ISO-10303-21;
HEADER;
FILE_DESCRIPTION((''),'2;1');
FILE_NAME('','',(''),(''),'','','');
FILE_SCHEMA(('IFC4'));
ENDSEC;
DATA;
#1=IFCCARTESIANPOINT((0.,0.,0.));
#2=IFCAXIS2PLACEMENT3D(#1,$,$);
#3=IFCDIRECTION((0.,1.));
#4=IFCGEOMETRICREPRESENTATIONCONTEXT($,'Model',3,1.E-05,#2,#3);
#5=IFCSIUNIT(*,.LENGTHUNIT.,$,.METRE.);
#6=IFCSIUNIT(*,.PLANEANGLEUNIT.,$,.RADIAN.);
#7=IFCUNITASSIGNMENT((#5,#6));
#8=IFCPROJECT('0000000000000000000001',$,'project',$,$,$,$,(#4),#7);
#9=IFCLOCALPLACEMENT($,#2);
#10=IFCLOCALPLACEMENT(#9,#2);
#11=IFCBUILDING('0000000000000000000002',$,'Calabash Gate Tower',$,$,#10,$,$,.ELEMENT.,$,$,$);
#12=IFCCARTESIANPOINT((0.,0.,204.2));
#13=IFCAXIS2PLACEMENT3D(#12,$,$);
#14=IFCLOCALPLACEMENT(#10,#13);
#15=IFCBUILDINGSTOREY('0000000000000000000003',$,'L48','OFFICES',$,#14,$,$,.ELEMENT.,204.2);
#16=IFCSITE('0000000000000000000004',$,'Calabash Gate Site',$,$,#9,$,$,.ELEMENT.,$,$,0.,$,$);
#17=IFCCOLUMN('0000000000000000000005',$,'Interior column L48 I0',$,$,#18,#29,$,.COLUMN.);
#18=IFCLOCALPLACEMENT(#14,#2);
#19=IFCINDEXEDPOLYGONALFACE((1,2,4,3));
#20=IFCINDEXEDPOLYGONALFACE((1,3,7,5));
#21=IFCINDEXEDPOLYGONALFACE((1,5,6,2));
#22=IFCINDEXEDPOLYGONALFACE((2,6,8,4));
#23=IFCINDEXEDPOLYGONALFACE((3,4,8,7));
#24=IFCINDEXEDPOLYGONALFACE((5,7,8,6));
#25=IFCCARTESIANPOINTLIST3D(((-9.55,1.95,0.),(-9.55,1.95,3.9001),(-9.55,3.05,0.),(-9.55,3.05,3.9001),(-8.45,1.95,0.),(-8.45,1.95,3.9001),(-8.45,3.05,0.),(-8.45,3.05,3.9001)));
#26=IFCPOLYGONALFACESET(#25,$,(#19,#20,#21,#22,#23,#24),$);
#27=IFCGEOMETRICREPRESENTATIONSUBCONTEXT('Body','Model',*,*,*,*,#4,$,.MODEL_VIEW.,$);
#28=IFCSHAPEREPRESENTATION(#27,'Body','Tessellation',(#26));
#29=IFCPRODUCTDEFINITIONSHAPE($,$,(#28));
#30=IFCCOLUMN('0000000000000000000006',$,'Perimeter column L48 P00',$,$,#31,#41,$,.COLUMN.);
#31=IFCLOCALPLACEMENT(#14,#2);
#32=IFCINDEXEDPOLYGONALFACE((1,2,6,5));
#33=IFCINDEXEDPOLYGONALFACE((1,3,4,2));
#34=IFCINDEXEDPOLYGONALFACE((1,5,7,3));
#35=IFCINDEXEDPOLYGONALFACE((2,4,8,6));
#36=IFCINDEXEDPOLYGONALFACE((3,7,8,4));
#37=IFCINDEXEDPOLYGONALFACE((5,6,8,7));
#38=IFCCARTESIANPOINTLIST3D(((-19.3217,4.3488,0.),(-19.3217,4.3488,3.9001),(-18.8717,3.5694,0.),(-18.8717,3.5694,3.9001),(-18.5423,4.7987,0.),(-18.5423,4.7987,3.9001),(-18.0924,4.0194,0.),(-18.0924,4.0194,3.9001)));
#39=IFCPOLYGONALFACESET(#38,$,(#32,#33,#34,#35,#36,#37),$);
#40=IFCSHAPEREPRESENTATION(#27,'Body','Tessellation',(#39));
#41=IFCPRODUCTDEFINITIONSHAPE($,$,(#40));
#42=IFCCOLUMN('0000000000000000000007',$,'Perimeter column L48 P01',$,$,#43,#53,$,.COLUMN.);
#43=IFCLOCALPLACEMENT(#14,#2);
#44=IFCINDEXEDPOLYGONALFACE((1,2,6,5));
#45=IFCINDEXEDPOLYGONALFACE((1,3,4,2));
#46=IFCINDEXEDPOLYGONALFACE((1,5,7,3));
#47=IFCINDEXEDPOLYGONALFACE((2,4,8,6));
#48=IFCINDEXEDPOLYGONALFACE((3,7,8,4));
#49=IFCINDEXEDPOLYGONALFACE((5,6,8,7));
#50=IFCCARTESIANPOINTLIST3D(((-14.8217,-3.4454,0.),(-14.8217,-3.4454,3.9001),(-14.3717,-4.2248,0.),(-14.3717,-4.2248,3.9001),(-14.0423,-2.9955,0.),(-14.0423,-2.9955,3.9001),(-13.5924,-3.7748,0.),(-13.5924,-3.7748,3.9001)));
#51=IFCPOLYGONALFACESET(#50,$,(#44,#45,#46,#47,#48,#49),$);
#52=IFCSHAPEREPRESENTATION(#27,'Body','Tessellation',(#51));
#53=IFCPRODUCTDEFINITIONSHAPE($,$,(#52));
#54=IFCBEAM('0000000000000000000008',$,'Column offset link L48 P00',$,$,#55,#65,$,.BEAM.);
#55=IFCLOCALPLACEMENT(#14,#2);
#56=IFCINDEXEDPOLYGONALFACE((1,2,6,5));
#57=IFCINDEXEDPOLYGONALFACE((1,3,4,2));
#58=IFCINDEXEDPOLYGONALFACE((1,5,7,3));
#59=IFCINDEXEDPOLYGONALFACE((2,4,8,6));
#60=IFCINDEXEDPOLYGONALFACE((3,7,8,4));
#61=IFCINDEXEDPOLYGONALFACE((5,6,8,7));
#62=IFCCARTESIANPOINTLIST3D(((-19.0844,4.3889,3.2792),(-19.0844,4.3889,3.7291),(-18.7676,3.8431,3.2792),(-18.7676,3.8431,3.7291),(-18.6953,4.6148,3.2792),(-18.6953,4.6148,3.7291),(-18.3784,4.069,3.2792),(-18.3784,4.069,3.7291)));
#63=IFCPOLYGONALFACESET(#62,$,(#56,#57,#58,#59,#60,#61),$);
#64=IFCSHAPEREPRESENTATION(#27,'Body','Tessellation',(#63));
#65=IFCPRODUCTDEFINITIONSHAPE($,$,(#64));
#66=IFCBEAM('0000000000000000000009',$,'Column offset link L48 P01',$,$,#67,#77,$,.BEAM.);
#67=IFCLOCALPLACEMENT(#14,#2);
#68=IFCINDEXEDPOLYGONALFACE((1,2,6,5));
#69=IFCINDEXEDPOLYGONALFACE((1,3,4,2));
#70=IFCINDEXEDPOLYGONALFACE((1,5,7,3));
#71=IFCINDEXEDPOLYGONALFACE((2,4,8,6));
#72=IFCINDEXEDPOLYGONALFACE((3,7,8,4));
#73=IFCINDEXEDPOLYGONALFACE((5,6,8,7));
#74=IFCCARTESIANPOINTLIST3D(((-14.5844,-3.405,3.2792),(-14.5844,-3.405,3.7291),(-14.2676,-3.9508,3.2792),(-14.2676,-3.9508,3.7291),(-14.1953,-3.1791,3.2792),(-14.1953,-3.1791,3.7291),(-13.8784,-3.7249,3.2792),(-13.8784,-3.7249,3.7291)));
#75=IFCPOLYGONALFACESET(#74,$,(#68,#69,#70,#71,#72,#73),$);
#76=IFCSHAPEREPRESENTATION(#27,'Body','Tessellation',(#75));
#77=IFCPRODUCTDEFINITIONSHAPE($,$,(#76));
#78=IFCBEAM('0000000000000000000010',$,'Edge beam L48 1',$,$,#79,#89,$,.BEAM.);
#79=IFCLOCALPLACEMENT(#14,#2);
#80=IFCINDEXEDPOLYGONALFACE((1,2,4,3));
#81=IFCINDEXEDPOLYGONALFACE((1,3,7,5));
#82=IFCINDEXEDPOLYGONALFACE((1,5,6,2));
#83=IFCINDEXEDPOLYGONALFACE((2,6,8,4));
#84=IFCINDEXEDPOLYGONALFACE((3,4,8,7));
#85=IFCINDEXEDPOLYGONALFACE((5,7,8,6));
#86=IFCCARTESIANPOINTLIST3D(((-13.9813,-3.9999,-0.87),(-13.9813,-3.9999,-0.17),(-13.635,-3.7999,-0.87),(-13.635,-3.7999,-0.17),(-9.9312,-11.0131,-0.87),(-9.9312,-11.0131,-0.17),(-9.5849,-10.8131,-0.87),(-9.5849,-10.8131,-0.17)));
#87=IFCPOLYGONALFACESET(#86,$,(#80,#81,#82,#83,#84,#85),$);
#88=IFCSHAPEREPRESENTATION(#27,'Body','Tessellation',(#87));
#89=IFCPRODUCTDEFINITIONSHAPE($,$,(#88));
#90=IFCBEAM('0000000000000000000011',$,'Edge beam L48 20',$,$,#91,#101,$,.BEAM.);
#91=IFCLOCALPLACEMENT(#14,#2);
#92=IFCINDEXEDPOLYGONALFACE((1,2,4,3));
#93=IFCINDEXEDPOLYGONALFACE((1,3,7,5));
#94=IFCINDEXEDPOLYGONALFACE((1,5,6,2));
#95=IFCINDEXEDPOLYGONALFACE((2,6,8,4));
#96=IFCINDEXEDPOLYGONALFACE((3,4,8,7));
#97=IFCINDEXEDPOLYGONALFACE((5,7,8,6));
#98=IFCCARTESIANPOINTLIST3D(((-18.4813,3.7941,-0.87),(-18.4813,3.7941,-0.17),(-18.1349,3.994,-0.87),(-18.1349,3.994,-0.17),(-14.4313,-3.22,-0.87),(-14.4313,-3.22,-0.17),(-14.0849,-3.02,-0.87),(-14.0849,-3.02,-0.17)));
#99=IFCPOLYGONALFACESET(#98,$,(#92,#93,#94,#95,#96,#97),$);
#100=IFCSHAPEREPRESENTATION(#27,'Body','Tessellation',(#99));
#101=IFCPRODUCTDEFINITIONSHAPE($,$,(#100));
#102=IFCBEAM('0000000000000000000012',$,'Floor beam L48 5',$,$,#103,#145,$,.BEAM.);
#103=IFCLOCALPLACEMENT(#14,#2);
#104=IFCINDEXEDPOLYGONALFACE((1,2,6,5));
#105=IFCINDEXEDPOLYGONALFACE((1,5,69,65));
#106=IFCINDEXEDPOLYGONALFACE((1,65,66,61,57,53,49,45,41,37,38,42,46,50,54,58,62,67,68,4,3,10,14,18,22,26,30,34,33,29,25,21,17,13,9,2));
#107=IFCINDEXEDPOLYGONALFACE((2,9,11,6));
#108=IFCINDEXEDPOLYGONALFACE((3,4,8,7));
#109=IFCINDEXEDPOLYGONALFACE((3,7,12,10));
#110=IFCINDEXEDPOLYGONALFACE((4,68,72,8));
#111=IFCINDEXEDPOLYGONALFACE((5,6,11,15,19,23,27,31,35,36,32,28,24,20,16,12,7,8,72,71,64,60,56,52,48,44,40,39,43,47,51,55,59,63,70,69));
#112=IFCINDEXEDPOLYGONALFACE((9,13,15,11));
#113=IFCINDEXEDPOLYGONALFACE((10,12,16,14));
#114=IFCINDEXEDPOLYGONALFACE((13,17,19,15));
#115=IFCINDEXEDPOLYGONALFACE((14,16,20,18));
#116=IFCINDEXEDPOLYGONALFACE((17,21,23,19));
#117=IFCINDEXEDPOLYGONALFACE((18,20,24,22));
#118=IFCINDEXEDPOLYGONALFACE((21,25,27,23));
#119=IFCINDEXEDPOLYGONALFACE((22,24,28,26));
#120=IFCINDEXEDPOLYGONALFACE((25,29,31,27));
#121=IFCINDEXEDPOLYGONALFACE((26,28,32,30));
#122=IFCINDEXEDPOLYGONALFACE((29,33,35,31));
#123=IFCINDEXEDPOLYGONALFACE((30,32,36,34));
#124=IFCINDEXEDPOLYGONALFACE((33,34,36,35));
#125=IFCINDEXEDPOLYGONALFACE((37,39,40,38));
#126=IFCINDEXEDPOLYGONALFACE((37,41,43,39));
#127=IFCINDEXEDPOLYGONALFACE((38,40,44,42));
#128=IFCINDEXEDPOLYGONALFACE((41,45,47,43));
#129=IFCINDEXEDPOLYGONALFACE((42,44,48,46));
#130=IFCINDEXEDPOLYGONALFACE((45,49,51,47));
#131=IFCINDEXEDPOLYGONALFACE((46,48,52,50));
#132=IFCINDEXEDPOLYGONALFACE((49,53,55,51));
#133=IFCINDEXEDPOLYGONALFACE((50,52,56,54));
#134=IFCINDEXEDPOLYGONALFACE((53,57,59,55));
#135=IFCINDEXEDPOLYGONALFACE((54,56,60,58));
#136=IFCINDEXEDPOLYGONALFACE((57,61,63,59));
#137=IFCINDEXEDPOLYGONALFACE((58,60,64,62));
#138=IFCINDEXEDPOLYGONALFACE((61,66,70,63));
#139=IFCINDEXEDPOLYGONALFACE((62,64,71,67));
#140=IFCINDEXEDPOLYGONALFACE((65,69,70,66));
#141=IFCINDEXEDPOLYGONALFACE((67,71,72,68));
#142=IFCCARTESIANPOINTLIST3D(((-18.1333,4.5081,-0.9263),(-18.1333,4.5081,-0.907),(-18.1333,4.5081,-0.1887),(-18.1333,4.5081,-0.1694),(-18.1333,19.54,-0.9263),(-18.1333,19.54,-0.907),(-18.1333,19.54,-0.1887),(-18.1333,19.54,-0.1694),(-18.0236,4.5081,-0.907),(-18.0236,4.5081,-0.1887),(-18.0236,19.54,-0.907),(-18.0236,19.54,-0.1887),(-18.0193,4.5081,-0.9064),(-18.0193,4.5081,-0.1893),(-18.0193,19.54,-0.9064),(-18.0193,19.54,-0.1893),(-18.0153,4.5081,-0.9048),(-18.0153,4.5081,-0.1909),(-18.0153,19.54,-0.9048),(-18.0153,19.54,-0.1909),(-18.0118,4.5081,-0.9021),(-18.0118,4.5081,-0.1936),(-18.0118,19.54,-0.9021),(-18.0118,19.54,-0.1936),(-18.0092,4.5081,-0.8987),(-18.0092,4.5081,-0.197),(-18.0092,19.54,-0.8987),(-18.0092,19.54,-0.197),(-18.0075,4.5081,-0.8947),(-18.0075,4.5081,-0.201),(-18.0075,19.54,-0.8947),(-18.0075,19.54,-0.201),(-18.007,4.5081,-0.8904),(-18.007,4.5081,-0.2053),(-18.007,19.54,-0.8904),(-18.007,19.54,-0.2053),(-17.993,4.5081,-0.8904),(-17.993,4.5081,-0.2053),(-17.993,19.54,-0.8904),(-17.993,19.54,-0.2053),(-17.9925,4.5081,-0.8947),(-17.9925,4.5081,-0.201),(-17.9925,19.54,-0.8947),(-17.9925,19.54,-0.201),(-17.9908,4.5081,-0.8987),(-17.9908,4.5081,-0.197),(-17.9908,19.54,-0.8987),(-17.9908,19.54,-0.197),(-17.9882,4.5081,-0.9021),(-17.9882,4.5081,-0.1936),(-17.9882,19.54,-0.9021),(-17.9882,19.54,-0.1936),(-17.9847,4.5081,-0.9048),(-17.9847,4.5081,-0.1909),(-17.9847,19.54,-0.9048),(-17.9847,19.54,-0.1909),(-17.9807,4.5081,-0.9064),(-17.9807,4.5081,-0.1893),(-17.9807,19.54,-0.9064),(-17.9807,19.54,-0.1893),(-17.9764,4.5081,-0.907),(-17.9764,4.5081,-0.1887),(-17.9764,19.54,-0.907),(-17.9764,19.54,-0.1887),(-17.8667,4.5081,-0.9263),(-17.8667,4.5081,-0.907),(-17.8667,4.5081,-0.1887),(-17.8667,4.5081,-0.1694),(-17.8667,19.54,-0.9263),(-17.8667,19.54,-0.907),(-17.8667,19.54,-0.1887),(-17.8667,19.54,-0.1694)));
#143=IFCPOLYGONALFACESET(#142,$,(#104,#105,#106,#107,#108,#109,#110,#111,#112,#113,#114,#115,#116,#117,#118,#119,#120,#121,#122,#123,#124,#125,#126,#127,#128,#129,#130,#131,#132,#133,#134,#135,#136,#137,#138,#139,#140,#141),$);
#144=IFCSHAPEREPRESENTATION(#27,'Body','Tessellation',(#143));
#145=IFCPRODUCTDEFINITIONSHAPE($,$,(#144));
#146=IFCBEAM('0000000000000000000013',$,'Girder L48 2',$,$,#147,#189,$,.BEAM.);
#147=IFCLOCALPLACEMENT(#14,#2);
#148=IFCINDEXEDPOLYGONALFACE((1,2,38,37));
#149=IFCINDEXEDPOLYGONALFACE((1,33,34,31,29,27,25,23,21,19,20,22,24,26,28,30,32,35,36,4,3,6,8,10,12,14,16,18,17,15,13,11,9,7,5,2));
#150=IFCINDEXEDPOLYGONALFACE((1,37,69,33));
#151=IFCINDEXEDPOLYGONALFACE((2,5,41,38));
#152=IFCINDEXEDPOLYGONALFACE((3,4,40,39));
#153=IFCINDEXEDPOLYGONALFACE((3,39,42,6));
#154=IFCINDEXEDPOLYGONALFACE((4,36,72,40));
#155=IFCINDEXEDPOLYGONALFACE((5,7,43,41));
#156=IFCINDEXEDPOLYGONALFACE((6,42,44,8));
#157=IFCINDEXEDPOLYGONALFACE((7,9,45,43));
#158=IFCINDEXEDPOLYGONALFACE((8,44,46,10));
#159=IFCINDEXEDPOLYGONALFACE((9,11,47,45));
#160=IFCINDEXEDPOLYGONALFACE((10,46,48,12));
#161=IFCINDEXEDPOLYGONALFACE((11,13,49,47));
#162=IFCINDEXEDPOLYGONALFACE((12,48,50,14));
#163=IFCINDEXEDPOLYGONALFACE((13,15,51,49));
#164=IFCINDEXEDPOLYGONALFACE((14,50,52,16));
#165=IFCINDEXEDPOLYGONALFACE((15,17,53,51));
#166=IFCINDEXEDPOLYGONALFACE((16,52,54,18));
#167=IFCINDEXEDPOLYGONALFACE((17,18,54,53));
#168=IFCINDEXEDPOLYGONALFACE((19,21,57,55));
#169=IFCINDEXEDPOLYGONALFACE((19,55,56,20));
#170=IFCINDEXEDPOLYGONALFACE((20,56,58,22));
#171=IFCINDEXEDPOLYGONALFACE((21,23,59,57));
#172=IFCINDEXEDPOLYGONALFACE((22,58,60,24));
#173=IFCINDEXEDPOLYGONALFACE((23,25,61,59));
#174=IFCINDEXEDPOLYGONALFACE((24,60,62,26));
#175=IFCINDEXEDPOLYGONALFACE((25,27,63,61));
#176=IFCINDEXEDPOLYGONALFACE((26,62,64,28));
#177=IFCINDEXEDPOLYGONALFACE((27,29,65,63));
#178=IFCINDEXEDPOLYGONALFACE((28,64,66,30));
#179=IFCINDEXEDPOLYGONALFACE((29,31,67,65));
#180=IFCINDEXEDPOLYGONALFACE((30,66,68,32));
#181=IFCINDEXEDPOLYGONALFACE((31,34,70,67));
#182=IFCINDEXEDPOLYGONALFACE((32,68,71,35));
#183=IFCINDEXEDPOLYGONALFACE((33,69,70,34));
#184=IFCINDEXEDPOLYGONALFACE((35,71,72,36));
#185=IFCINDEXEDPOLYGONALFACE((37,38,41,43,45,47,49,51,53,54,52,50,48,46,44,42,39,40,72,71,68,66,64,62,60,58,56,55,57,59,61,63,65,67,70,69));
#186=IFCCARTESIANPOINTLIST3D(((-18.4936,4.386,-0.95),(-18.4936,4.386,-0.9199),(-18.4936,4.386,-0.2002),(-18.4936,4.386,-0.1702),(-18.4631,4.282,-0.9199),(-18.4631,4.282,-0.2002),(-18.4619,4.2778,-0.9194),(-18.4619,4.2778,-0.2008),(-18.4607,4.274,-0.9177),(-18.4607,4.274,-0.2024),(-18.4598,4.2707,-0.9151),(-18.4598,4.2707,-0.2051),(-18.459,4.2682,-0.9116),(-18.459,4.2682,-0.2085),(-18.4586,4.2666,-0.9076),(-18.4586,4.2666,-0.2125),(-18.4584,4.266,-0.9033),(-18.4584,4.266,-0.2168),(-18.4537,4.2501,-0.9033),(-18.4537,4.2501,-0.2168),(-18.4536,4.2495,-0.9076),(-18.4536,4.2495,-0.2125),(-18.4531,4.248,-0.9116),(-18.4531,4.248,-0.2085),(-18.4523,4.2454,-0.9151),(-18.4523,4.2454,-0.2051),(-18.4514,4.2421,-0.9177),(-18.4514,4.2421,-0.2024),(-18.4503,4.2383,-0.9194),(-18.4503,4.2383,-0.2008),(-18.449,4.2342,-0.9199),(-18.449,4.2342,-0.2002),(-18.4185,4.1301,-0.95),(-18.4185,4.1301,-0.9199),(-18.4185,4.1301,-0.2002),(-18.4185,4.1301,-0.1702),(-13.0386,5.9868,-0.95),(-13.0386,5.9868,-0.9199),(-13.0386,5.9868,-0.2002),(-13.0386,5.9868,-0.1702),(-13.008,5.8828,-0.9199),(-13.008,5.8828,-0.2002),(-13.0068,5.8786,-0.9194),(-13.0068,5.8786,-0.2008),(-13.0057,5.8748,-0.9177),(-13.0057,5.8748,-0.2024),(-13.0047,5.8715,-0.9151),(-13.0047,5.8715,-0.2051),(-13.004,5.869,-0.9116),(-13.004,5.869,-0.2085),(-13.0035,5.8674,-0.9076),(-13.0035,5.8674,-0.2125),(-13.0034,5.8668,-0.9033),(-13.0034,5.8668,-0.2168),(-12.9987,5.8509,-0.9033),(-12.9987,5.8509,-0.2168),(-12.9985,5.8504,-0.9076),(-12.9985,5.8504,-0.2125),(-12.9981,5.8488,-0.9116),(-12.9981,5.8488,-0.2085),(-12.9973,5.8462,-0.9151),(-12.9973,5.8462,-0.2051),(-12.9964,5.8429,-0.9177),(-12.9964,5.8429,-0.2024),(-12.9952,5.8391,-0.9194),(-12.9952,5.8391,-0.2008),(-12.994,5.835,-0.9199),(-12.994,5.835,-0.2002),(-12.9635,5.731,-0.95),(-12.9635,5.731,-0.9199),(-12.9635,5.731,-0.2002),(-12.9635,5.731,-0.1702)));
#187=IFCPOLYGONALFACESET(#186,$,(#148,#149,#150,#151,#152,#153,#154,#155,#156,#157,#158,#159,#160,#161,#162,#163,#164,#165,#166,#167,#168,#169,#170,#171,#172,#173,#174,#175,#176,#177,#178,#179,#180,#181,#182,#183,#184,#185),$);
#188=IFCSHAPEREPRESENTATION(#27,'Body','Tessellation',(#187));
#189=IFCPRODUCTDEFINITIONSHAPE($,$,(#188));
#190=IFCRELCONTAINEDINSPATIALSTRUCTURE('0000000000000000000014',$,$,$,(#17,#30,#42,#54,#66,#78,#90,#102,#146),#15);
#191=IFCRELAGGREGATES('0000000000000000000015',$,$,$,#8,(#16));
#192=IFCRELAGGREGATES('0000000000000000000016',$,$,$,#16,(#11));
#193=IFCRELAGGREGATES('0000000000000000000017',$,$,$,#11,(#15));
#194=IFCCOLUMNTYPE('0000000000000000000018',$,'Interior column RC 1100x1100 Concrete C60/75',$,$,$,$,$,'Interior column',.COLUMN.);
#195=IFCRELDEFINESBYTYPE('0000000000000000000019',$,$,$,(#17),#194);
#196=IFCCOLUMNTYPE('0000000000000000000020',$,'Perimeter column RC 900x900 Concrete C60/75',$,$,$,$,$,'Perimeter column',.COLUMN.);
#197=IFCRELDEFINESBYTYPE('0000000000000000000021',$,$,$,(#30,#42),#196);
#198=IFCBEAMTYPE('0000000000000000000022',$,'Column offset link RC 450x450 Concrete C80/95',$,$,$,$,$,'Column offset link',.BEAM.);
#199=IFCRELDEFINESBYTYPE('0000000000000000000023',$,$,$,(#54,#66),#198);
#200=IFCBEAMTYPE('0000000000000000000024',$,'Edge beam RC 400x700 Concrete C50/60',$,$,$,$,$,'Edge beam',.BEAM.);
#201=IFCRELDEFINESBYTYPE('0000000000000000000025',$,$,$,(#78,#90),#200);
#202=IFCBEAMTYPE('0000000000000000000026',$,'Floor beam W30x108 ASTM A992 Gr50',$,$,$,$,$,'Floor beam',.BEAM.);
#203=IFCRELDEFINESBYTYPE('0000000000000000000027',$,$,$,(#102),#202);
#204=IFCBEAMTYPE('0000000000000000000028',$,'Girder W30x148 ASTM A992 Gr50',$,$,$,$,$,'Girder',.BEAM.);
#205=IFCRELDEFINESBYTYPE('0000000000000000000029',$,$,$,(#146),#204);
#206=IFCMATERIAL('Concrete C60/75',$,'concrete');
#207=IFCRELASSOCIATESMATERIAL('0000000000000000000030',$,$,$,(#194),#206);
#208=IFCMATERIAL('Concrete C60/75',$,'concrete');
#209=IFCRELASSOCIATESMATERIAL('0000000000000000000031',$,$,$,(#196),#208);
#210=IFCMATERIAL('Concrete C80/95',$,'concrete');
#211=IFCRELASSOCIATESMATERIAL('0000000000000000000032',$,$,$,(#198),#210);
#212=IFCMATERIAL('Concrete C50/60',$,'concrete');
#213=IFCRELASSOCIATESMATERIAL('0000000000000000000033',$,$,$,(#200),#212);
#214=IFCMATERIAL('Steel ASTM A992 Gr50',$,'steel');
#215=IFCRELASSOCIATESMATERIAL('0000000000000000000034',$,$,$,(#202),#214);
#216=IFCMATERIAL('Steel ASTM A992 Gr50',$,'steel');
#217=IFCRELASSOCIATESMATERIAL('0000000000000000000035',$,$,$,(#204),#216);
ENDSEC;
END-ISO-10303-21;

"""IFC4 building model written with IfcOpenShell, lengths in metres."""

from ifc_helpers import new_model, si_unit, direction, frame, origin, origin_2d, place, context, subcontext, project, spatial, rectangle, i_section, extrude, material, material_profile, profile_set, type_object, element, save


model = new_model("IFC4")

# Units and contexts
model_context = context("Model", 3, precision=1e-05, world=origin(), true_north=direction((0.0, 1.0)))
body_context = subcontext(model_context, "Body", "Model", "MODEL_VIEW")
ifc_project = project(units=[si_unit("LENGTHUNIT", "METRE"), si_unit("PLANEANGLEUNIT", "RADIAN")], contexts=[model_context])

# Site, building, storey
site_placement = place(None, origin())
site = spatial("IfcSite", under=ifc_project, at=site_placement, Name="Calabash Gate Site", CompositionType="ELEMENT", RefElevation=0.0)
building_placement = place(site_placement, origin())
building = spatial("IfcBuilding", under=site, at=building_placement, Name="Calabash Gate Tower", CompositionType="ELEMENT")
storey_placement = place(building_placement, frame((0.0, 0.0, 204.2)))
storey = spatial("IfcBuildingStorey", under=building, at=storey_placement, Name="L48", Description="OFFICES", CompositionType="ELEMENT", Elevation=204.2)

# Columns
ifc_material_1 = material(Name="Concrete C60/75", Category="concrete")
ifc_material_profile_1 = material_profile(ifc_material_1, rectangle(XDim=1.1001, YDim=1.1001, at=origin_2d()))
ifc_profile_set_1 = profile_set([ifc_material_profile_1], Name="Concrete C60/75")
column_type_1 = type_object("IfcColumnType", Name="Interior column RC 1100x1100 Concrete C60/75", ElementType="Interior column", PredefinedType="COLUMN", material=ifc_profile_set_1)
column_placement = place(storey_placement, frame((-9.0, 2.5, 0.0), z_axis=(0.0, 0.0, 1.0), x_axis=(1.0, 0.0, 0.0)))
element("IfcColumn", 1, at=column_placement, inside=storey, type_object=column_type_1, Name="Interior column L48 I0", PredefinedType="COLUMN", context=body_context, shape_type="SweptSolid", body=[
    extrude(rectangle(XDim=1.1001, YDim=1.1001, at=origin_2d()), origin(), (0.0, 0.0, 1.0), 3.9001),
])
ifc_material_2 = material(Name="Concrete C60/75", Category="concrete")
ifc_material_profile_2 = material_profile(ifc_material_2, rectangle(XDim=0.8999, YDim=0.8999, at=origin_2d()))
ifc_profile_set_2 = profile_set([ifc_material_profile_2], Name="Concrete C60/75")
column_type_2 = type_object("IfcColumnType", Name="Perimeter column RC 900x900 Concrete C60/75", ElementType="Perimeter column", PredefinedType="COLUMN", material=ifc_profile_set_2)
for number, where, z_axis, x_axis, name in (
    (2, (-18.707, 4.1841, 0.0), (0.0, 0.0, 1.0), (0.5, -0.866025, 0.0), "Perimeter column L48 P00"),
    (3, (-14.207, -3.6101, 0.0), (0.0, 0.0, 1.0), (0.5, -0.866025, 0.0), "Perimeter column L48 P01"),
):
    element("IfcColumn", number, at=place(storey_placement, frame(where, z_axis=z_axis, x_axis=x_axis)), inside=storey, type_object=column_type_2, Name=name, PredefinedType="COLUMN", context=body_context, shape_type="SweptSolid", body=[
        extrude(rectangle(XDim=0.8999, YDim=0.8999, at=origin_2d()), origin(), (0.0, 0.0, 1.0), 3.9001),
    ])

# Beams
ifc_material_3 = material(Name="Concrete C80/95", Category="concrete")
ifc_material_profile_3 = material_profile(ifc_material_3, rectangle(XDim=0.45, YDim=0.45, at=origin_2d()))
ifc_profile_set_3 = profile_set([ifc_material_profile_3], Name="Concrete C80/95")
beam_type_1 = type_object("IfcBeamType", Name="Column offset link RC 450x450 Concrete C80/95", ElementType="Column offset link", PredefinedType="BEAM", material=ifc_profile_set_3)
for number, where, z_axis, x_axis, name in (
    (4, (-18.573, 3.9561, 3.5042), (-0.502042, 0.864843, 0.0), (-0.864843, -0.502042, 0.0), "Column offset link L48 P00"),
    (5, (-14.073, -3.8379, 3.5042), (-0.502042, 0.864843, 0.0), (-0.864843, -0.502042, 0.0), "Column offset link L48 P01"),
):
    element("IfcBeam", number, at=place(storey_placement, frame(where, z_axis=z_axis, x_axis=x_axis)), inside=storey, type_object=beam_type_1, Name=name, PredefinedType="BEAM", context=body_context, shape_type="SweptSolid", body=[
        extrude(rectangle(XDim=0.45, YDim=0.45, at=origin_2d()), origin(), (0.0, 0.0, 1.0), 0.6311),
    ])
ifc_material_4 = material(Name="Concrete C50/60", Category="concrete")
ifc_material_profile_4 = material_profile(ifc_material_4, rectangle(XDim=0.3999, YDim=0.7, at=origin_2d()))
ifc_profile_set_4 = profile_set([ifc_material_profile_4], Name="Concrete C50/60")
beam_type_2 = type_object("IfcBeamType", Name="Edge beam RC 400x700 Concrete C50/60", ElementType="Edge beam", PredefinedType="BEAM", material=ifc_profile_set_4)
beam_1_placement = place(storey_placement, frame((-13.8081, -3.8999, -0.52), z_axis=(0.500091, -0.865973, 0.0), x_axis=(0.865973, 0.500091, 0.0)))
element("IfcBeam", 6, at=beam_1_placement, inside=storey, type_object=beam_type_2, Name="Edge beam L48 1", PredefinedType="BEAM", context=body_context, shape_type="SweptSolid", body=[
    extrude(rectangle(XDim=0.3999, YDim=0.7, at=origin_2d()), origin(), (0.0, 0.0, 1.0), 8.0986),
])
beam_2_placement = place(storey_placement, frame((-18.3081, 3.894, -0.52), z_axis=(0.500039, -0.866003, 0.0), x_axis=(0.866003, 0.500039, 0.0)))
element("IfcBeam", 7, at=beam_2_placement, inside=storey, type_object=beam_type_2, Name="Edge beam L48 20", PredefinedType="BEAM", context=body_context, shape_type="SweptSolid", body=[
    extrude(rectangle(XDim=0.3999, YDim=0.7, at=origin_2d()), origin(), (0.0, 0.0, 1.0), 8.0994),
])
ifc_material_5 = material(Name="Steel ASTM A992 Gr50", Category="steel")
ifc_material_profile_5 = material_profile(ifc_material_5, i_section(OverallWidth=0.2666, OverallDepth=0.7568, WebThickness=0.0139, FlangeThickness=0.0193, FilletRadius=0.0166, at=origin_2d()))
ifc_profile_set_5 = profile_set([ifc_material_profile_5], Name="Steel ASTM A992 Gr50")
beam_type_3 = type_object("IfcBeamType", Name="Floor beam W30x108 ASTM A992 Gr50", ElementType="Floor beam", PredefinedType="BEAM", material=ifc_profile_set_5)
beam_3_placement = place(storey_placement, frame((-18.0, 4.5081, -0.5479), z_axis=(0.0, 1.0, 0.0), x_axis=(-1.0, 0.0, 0.0)))
element("IfcBeam", 8, at=beam_3_placement, inside=storey, type_object=beam_type_3, Name="Floor beam L48 5", PredefinedType="BEAM", context=body_context, shape_type="SweptSolid", body=[
    extrude(i_section(OverallWidth=0.2666, OverallDepth=0.7568, WebThickness=0.0139, FlangeThickness=0.0193, FilletRadius=0.0166, at=origin_2d()), origin(), (0.0, 0.0, 1.0), 15.032),
])
ifc_material_6 = material(Name="Steel ASTM A992 Gr50", Category="steel")
ifc_material_profile_6 = material_profile(ifc_material_6, i_section(OverallWidth=0.2666, OverallDepth=0.7798, WebThickness=0.0166, FlangeThickness=0.03, FilletRadius=0.0166, at=origin_2d()))
ifc_profile_set_6 = profile_set([ifc_material_profile_6], Name="Steel ASTM A992 Gr50")
beam_type_4 = type_object("IfcBeamType", Name="Girder W30x148 ASTM A992 Gr50", ElementType="Girder", PredefinedType="BEAM", material=ifc_profile_set_6)
beam_4_placement = place(storey_placement, frame((-18.4561, 4.2581, -0.5601), z_axis=(0.959537, 0.281583, 0.0), x_axis=(-0.281583, 0.959537, 0.0)))
element("IfcBeam", 9, at=beam_4_placement, inside=storey, type_object=beam_type_4, Name="Girder L48 2", PredefinedType="BEAM", context=body_context, shape_type="SweptSolid", body=[
    extrude(i_section(OverallWidth=0.2666, OverallDepth=0.7798, WebThickness=0.0166, FlangeThickness=0.03, FilletRadius=0.0166, at=origin_2d()), origin(), (0.0, 0.0, 1.0), 5.6851),
])

save(model, "model.ifc")
